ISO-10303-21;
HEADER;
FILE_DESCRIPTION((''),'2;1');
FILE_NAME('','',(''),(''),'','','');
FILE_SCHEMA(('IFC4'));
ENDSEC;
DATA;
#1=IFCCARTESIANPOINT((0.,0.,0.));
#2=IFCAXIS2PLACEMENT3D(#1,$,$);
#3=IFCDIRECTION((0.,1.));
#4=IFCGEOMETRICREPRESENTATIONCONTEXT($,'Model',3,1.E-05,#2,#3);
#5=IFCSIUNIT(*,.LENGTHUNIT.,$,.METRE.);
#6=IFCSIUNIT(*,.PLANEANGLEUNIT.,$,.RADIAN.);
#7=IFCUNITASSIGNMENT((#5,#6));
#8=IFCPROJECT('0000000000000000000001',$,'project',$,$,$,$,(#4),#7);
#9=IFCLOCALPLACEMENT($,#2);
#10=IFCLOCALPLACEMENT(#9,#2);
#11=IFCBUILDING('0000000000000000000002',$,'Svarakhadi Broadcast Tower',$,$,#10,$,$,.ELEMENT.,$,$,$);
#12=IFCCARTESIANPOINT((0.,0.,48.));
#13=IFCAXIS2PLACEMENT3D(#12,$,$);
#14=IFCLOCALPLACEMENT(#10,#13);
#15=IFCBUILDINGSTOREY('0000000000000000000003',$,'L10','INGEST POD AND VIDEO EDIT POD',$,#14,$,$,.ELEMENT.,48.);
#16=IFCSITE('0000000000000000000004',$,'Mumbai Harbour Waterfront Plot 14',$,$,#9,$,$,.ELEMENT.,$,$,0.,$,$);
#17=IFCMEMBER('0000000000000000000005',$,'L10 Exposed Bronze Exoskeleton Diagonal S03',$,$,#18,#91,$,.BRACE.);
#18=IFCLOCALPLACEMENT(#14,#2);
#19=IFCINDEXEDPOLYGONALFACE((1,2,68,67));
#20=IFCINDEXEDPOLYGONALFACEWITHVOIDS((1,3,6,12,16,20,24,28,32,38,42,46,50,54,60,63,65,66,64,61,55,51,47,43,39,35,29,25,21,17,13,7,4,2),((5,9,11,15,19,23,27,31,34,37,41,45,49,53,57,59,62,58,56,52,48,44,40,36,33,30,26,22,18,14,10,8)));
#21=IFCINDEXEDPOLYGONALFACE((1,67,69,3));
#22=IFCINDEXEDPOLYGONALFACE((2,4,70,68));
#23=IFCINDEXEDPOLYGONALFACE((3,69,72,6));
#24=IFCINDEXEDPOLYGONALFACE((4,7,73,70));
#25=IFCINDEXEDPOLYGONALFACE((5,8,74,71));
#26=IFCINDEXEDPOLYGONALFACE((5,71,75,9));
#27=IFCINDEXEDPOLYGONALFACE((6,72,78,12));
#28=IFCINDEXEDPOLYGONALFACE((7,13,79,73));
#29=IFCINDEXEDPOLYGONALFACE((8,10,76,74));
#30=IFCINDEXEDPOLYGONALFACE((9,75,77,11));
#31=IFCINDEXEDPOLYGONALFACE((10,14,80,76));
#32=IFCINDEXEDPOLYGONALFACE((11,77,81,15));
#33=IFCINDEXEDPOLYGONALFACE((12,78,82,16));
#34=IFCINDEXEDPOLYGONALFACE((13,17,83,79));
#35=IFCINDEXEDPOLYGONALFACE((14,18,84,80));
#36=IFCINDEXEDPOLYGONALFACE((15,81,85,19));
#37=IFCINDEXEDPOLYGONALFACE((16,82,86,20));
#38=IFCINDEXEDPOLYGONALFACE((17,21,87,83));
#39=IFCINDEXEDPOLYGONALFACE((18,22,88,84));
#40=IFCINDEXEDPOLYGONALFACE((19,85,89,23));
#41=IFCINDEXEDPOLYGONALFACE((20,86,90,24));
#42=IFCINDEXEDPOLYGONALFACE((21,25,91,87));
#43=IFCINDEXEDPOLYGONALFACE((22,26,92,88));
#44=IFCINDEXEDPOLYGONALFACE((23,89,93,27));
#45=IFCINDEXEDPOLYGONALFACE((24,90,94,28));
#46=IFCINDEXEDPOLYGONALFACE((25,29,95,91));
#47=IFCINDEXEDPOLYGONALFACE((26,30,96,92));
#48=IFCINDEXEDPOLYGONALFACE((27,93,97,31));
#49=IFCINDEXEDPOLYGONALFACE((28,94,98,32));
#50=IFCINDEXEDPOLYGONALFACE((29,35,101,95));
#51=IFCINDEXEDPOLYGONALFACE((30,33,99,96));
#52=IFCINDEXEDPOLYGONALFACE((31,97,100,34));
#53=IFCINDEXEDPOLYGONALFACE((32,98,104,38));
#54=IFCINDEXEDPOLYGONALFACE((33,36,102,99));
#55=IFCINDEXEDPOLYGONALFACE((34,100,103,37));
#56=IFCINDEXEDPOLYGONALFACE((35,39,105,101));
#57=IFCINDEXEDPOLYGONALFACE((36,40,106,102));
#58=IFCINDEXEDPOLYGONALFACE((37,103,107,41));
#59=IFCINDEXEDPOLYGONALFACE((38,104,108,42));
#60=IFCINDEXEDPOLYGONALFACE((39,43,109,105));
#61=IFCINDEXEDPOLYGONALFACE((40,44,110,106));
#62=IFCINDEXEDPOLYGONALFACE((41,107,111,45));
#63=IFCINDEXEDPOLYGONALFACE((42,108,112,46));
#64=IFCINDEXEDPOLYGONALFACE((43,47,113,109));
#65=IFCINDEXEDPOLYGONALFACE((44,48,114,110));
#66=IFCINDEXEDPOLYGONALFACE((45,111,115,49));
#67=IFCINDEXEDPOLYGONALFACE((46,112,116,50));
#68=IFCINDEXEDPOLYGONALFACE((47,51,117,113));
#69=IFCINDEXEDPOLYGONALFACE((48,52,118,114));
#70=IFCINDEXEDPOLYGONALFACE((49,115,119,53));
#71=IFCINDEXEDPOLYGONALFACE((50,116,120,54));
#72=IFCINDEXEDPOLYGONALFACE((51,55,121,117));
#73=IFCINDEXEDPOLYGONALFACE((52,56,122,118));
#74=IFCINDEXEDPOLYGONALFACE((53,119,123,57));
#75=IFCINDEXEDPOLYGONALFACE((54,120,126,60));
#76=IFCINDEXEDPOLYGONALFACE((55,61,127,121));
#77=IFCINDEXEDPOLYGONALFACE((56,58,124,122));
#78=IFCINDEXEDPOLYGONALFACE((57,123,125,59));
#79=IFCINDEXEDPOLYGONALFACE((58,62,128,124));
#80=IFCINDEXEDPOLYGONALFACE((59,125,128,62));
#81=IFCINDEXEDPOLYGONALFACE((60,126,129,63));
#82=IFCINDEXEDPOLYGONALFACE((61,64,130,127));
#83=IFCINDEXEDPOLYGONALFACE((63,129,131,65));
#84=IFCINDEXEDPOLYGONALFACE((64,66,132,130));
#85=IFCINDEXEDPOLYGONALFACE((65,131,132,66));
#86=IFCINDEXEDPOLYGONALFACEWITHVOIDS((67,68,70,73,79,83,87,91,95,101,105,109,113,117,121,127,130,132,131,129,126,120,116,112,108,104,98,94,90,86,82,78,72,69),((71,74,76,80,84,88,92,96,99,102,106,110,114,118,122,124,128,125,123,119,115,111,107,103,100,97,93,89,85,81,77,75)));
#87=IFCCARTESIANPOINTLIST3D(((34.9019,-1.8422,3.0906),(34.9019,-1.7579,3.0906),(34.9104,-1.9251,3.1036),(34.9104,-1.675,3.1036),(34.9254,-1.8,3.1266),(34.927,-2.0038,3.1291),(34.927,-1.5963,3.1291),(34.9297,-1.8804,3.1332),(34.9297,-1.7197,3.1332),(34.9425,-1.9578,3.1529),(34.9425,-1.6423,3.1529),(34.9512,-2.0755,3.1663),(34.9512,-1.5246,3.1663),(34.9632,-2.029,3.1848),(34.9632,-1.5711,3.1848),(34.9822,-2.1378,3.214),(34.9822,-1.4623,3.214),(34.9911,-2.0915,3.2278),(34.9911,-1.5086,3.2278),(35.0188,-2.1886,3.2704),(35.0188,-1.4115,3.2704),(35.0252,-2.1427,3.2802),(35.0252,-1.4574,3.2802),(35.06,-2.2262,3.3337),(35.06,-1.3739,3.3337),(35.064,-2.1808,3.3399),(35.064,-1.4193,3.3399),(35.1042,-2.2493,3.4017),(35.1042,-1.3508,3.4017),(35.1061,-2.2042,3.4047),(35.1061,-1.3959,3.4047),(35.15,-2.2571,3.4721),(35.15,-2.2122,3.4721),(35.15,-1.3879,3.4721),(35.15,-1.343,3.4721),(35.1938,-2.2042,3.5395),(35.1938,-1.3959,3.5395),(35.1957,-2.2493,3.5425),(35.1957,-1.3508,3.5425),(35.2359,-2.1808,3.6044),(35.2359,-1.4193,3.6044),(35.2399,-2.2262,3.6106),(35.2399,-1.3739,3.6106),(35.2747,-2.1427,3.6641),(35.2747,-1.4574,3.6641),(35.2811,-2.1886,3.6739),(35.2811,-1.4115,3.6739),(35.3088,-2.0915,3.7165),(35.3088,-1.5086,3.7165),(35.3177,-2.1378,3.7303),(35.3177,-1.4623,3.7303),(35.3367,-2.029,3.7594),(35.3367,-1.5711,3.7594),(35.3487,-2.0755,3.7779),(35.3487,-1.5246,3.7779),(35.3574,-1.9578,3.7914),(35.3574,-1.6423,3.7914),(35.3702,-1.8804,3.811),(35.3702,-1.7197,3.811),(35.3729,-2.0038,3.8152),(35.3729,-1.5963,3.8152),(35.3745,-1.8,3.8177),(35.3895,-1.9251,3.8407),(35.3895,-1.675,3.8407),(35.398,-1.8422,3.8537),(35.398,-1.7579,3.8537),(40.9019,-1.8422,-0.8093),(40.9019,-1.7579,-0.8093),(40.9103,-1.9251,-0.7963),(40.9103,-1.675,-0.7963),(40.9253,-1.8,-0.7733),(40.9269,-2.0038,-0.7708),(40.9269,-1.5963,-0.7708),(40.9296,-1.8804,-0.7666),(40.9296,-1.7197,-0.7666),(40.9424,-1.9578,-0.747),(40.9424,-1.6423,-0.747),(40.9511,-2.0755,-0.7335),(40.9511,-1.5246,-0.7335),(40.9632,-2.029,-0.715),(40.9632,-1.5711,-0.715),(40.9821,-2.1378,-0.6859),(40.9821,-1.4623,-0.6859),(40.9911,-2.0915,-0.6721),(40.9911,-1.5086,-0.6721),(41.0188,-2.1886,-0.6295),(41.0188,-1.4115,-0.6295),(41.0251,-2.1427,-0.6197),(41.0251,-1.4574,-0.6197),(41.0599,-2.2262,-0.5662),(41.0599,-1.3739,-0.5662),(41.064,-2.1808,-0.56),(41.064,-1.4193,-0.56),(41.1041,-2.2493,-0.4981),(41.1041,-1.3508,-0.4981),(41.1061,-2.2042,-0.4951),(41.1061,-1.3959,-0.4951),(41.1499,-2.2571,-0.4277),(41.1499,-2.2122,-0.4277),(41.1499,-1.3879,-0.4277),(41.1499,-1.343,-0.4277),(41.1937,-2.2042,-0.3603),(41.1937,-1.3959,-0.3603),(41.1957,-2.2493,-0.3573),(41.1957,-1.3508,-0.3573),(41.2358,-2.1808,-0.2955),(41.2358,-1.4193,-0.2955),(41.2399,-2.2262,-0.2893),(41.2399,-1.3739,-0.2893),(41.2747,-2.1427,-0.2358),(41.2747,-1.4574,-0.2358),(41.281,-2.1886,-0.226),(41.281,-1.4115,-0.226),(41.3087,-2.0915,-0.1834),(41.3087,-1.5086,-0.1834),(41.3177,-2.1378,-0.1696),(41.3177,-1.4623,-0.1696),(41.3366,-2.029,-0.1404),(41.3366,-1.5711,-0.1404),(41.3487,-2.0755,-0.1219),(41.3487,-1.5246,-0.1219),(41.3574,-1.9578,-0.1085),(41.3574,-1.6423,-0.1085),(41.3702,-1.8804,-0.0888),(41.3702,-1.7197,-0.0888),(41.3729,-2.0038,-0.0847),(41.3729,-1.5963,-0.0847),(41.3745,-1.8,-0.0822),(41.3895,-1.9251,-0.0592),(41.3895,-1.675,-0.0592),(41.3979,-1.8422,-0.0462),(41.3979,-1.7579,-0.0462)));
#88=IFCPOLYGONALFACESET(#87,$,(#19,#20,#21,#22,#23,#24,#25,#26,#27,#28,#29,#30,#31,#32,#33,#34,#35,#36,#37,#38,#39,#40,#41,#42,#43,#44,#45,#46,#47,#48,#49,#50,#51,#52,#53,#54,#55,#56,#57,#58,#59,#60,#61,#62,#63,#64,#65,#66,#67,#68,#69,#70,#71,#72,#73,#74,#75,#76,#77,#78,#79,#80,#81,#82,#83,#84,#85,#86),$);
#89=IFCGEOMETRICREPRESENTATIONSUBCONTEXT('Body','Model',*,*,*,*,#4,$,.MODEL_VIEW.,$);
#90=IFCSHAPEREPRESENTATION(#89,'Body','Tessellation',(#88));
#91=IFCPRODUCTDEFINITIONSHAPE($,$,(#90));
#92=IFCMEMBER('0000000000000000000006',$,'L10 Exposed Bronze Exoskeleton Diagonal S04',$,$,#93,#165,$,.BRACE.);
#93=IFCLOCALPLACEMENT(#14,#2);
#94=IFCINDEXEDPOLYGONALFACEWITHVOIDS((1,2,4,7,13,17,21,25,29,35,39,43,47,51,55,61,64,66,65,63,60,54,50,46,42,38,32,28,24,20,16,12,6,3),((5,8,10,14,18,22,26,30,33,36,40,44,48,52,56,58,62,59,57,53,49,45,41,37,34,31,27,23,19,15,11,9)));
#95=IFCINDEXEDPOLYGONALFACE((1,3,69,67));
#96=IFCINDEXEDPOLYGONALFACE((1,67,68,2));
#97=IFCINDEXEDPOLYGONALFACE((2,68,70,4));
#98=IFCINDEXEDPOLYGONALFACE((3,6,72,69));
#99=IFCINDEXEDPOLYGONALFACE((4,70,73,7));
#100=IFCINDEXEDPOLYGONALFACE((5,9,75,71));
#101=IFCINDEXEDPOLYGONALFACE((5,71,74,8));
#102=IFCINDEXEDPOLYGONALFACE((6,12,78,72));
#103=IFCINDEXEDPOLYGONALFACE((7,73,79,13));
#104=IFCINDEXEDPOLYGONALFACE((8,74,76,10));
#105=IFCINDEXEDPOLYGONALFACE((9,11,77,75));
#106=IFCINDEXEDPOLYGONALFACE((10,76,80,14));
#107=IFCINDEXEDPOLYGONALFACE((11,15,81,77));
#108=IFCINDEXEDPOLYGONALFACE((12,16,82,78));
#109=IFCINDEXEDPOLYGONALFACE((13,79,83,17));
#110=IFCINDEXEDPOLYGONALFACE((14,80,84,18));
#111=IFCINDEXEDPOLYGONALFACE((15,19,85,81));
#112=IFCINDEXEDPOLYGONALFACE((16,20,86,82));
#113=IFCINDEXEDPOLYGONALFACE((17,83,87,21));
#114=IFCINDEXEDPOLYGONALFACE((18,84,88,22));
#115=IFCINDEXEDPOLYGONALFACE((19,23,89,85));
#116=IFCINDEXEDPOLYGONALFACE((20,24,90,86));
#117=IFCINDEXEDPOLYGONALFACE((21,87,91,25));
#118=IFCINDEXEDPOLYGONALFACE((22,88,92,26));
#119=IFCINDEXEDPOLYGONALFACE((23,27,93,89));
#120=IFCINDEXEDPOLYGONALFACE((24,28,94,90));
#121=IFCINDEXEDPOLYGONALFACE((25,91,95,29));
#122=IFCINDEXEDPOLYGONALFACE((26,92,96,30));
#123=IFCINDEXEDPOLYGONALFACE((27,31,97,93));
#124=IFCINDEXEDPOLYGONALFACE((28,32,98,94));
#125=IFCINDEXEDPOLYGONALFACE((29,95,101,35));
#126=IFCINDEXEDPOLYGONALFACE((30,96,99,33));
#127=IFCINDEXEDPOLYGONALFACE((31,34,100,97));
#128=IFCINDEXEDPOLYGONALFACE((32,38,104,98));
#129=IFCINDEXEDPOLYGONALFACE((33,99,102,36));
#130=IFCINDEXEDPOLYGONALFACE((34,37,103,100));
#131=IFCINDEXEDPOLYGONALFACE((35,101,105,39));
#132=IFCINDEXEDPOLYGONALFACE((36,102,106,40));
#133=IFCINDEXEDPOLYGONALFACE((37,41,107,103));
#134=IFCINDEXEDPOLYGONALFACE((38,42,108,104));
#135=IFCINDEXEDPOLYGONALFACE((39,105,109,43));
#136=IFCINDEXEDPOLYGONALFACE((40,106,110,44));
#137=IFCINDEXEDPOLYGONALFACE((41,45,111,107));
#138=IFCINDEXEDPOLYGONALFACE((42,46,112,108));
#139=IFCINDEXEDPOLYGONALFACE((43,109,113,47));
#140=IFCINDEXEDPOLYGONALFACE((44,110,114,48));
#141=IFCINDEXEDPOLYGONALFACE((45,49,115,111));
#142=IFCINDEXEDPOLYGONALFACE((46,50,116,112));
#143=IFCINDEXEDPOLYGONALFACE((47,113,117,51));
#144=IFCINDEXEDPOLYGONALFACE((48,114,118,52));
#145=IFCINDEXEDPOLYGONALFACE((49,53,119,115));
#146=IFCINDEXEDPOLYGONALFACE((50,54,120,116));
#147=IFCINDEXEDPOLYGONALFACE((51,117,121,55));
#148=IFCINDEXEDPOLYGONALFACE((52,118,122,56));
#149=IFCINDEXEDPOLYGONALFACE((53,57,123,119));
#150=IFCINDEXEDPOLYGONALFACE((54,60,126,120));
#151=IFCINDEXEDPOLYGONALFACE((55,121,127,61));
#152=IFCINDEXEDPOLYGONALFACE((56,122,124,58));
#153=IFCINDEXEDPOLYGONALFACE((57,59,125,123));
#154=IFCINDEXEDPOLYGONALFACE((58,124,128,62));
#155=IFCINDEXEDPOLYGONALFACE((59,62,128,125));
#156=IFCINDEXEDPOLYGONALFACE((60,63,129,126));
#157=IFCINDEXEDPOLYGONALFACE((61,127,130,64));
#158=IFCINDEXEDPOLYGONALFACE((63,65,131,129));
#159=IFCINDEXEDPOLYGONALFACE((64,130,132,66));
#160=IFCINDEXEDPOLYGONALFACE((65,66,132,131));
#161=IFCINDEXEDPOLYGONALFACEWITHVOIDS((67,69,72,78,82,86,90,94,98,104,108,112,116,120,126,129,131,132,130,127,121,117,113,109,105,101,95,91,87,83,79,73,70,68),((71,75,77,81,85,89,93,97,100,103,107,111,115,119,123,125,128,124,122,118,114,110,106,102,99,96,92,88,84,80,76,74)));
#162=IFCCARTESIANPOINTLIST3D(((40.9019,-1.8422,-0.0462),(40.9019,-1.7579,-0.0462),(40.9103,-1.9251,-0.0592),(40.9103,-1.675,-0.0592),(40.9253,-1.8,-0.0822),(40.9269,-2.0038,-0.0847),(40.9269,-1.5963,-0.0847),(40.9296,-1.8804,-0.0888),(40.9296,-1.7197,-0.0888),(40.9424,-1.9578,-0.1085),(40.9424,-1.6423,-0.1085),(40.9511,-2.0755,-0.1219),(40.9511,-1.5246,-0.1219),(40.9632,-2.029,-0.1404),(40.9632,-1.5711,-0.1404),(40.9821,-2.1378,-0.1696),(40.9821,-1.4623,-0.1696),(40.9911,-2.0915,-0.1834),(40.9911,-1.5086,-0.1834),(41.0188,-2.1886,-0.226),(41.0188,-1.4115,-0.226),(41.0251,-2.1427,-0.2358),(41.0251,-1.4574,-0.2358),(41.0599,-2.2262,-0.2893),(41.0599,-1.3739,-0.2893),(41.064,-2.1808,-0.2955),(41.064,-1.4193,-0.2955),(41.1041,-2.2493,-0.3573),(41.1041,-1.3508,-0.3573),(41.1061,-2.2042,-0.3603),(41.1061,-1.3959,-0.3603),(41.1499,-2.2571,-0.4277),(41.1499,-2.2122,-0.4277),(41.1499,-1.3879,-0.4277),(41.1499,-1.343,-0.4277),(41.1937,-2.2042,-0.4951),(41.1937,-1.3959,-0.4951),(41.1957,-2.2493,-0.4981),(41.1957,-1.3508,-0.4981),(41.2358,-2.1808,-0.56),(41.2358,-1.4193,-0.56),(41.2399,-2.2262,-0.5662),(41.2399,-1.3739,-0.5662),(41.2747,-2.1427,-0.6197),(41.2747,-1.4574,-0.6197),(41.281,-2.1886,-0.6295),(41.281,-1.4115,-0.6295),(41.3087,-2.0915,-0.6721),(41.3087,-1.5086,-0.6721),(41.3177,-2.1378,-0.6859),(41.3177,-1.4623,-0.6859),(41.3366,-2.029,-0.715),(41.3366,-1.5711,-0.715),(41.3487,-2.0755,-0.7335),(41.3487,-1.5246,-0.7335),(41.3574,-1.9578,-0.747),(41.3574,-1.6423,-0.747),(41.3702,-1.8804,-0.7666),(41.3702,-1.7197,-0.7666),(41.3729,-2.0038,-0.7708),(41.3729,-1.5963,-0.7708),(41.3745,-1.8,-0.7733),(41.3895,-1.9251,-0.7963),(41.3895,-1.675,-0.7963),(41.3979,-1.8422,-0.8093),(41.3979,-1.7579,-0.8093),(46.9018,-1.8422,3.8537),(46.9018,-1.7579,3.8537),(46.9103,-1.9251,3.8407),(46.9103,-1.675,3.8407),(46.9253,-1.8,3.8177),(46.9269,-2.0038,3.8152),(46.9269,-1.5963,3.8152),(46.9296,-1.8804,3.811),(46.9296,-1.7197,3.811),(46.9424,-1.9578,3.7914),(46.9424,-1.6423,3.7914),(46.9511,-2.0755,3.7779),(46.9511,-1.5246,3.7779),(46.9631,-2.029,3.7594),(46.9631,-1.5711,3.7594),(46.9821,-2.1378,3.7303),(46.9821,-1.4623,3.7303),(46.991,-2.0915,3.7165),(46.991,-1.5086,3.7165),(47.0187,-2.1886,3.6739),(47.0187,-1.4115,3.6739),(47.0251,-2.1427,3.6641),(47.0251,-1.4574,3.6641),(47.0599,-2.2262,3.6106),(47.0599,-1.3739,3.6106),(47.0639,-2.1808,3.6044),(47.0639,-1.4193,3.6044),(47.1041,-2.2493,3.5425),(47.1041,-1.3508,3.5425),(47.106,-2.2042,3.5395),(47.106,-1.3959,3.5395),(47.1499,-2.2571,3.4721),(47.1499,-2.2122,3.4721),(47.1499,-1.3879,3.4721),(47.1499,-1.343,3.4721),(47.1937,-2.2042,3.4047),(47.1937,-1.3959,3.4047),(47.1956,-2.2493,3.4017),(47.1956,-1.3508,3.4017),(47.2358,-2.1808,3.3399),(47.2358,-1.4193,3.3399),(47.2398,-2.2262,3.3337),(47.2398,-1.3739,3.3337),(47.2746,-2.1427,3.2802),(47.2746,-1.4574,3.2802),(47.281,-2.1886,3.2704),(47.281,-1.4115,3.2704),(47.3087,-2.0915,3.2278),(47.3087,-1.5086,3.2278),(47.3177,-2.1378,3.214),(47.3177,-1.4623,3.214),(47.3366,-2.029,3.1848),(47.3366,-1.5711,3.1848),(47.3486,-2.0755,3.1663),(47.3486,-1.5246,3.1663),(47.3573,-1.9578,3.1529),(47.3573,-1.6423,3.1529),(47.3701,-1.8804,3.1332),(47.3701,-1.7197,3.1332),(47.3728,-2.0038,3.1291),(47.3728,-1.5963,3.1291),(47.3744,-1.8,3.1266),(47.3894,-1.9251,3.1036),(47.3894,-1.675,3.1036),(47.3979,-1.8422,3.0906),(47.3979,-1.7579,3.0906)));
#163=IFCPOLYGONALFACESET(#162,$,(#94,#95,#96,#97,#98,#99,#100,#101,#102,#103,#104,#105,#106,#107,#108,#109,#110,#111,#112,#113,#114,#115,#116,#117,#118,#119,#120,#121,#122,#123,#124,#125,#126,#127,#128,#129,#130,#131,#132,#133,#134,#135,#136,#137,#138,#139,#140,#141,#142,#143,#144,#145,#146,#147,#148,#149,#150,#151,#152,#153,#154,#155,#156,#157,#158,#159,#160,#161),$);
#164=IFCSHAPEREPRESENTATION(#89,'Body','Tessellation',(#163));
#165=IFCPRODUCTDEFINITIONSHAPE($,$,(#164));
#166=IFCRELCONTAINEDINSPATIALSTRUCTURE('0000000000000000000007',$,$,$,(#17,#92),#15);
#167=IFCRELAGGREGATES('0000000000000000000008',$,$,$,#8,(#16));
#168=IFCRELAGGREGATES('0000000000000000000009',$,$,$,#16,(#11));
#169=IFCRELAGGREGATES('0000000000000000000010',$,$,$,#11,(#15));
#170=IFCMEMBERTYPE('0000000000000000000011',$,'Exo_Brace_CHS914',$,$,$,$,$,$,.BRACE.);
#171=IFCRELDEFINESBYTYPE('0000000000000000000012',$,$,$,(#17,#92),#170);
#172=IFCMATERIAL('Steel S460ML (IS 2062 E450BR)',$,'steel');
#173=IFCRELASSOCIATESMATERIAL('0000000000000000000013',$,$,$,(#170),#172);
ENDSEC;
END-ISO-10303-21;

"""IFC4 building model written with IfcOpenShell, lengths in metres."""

from ifc_helpers import new_model, si_unit, direction, frame, origin, origin_2d, place, context, subcontext, project, spatial, hollow_circle, extrude, material, material_profile, profile_set, type_object, element, save


model = new_model("IFC4")

# Units and contexts
model_context = context("Model", 3, precision=1e-05, world=origin(), true_north=direction((0.0, 1.0)))
body_context = subcontext(model_context, "Body", "Model", "MODEL_VIEW")
ifc_project = project(units=[si_unit("LENGTHUNIT", "METRE"), si_unit("PLANEANGLEUNIT", "RADIAN")], contexts=[model_context])

# Site, building, storey
site_placement = place(None, origin())
site = spatial("IfcSite", under=ifc_project, at=site_placement, Name="Mumbai Harbour Waterfront Plot 14", CompositionType="ELEMENT", RefElevation=0.0)
building_placement = place(site_placement, origin())
building = spatial("IfcBuilding", under=site, at=building_placement, Name="Svarakhadi Broadcast Tower", CompositionType="ELEMENT")
storey_placement = place(building_placement, frame((0.0, 0.0, 48.0)))
storey = spatial("IfcBuildingStorey", under=building, at=storey_placement, Name="L10", Description="INGEST POD AND VIDEO EDIT POD", CompositionType="ELEMENT", Elevation=48.0)

# Shared definitions
ifc_material_1 = material(Name="Steel S460ML (IS 2062 E450BR)", Category="steel")

# Members
ifc_material_profile_1 = material_profile(ifc_material_1, hollow_circle(Radius=0.457, WallThickness=0.0449, at=origin_2d()), Name="CHS 914x45")
ifc_profile_set_1 = profile_set([ifc_material_profile_1], Name="Steel S460ML (IS 2062 E450BR)")
member_type_1 = type_object("IfcMemberType", Name="Exo_Brace_CHS914", PredefinedType="BRACE", material=ifc_profile_set_1)
for number, where, z_axis, x_axis, name in (
    (1, (41.1499, -1.8, -0.4277), (-0.83845, 0.0, 0.544979), (0.0, -1.0, 0.0), "L10 Exposed Bronze Exoskeleton Diagonal S03"),
    (2, (41.1499, -1.8, -0.4277), (0.83845, 0.0, 0.544979), (0.0, 1.0, 0.0), "L10 Exposed Bronze Exoskeleton Diagonal S04"),
):
    element("IfcMember", number, at=place(storey_placement, frame(where, z_axis=z_axis, x_axis=x_axis)), inside=storey, type_object=member_type_1, Name=name, PredefinedType="BRACE", context=body_context, shape_type="SweptSolid", body=[
        extrude(hollow_circle(Radius=0.457, WallThickness=0.0449, at=origin_2d()), origin(), (0.0, 0.0, 1.0), 7.156),
    ])

save(model, "model.ifc")
